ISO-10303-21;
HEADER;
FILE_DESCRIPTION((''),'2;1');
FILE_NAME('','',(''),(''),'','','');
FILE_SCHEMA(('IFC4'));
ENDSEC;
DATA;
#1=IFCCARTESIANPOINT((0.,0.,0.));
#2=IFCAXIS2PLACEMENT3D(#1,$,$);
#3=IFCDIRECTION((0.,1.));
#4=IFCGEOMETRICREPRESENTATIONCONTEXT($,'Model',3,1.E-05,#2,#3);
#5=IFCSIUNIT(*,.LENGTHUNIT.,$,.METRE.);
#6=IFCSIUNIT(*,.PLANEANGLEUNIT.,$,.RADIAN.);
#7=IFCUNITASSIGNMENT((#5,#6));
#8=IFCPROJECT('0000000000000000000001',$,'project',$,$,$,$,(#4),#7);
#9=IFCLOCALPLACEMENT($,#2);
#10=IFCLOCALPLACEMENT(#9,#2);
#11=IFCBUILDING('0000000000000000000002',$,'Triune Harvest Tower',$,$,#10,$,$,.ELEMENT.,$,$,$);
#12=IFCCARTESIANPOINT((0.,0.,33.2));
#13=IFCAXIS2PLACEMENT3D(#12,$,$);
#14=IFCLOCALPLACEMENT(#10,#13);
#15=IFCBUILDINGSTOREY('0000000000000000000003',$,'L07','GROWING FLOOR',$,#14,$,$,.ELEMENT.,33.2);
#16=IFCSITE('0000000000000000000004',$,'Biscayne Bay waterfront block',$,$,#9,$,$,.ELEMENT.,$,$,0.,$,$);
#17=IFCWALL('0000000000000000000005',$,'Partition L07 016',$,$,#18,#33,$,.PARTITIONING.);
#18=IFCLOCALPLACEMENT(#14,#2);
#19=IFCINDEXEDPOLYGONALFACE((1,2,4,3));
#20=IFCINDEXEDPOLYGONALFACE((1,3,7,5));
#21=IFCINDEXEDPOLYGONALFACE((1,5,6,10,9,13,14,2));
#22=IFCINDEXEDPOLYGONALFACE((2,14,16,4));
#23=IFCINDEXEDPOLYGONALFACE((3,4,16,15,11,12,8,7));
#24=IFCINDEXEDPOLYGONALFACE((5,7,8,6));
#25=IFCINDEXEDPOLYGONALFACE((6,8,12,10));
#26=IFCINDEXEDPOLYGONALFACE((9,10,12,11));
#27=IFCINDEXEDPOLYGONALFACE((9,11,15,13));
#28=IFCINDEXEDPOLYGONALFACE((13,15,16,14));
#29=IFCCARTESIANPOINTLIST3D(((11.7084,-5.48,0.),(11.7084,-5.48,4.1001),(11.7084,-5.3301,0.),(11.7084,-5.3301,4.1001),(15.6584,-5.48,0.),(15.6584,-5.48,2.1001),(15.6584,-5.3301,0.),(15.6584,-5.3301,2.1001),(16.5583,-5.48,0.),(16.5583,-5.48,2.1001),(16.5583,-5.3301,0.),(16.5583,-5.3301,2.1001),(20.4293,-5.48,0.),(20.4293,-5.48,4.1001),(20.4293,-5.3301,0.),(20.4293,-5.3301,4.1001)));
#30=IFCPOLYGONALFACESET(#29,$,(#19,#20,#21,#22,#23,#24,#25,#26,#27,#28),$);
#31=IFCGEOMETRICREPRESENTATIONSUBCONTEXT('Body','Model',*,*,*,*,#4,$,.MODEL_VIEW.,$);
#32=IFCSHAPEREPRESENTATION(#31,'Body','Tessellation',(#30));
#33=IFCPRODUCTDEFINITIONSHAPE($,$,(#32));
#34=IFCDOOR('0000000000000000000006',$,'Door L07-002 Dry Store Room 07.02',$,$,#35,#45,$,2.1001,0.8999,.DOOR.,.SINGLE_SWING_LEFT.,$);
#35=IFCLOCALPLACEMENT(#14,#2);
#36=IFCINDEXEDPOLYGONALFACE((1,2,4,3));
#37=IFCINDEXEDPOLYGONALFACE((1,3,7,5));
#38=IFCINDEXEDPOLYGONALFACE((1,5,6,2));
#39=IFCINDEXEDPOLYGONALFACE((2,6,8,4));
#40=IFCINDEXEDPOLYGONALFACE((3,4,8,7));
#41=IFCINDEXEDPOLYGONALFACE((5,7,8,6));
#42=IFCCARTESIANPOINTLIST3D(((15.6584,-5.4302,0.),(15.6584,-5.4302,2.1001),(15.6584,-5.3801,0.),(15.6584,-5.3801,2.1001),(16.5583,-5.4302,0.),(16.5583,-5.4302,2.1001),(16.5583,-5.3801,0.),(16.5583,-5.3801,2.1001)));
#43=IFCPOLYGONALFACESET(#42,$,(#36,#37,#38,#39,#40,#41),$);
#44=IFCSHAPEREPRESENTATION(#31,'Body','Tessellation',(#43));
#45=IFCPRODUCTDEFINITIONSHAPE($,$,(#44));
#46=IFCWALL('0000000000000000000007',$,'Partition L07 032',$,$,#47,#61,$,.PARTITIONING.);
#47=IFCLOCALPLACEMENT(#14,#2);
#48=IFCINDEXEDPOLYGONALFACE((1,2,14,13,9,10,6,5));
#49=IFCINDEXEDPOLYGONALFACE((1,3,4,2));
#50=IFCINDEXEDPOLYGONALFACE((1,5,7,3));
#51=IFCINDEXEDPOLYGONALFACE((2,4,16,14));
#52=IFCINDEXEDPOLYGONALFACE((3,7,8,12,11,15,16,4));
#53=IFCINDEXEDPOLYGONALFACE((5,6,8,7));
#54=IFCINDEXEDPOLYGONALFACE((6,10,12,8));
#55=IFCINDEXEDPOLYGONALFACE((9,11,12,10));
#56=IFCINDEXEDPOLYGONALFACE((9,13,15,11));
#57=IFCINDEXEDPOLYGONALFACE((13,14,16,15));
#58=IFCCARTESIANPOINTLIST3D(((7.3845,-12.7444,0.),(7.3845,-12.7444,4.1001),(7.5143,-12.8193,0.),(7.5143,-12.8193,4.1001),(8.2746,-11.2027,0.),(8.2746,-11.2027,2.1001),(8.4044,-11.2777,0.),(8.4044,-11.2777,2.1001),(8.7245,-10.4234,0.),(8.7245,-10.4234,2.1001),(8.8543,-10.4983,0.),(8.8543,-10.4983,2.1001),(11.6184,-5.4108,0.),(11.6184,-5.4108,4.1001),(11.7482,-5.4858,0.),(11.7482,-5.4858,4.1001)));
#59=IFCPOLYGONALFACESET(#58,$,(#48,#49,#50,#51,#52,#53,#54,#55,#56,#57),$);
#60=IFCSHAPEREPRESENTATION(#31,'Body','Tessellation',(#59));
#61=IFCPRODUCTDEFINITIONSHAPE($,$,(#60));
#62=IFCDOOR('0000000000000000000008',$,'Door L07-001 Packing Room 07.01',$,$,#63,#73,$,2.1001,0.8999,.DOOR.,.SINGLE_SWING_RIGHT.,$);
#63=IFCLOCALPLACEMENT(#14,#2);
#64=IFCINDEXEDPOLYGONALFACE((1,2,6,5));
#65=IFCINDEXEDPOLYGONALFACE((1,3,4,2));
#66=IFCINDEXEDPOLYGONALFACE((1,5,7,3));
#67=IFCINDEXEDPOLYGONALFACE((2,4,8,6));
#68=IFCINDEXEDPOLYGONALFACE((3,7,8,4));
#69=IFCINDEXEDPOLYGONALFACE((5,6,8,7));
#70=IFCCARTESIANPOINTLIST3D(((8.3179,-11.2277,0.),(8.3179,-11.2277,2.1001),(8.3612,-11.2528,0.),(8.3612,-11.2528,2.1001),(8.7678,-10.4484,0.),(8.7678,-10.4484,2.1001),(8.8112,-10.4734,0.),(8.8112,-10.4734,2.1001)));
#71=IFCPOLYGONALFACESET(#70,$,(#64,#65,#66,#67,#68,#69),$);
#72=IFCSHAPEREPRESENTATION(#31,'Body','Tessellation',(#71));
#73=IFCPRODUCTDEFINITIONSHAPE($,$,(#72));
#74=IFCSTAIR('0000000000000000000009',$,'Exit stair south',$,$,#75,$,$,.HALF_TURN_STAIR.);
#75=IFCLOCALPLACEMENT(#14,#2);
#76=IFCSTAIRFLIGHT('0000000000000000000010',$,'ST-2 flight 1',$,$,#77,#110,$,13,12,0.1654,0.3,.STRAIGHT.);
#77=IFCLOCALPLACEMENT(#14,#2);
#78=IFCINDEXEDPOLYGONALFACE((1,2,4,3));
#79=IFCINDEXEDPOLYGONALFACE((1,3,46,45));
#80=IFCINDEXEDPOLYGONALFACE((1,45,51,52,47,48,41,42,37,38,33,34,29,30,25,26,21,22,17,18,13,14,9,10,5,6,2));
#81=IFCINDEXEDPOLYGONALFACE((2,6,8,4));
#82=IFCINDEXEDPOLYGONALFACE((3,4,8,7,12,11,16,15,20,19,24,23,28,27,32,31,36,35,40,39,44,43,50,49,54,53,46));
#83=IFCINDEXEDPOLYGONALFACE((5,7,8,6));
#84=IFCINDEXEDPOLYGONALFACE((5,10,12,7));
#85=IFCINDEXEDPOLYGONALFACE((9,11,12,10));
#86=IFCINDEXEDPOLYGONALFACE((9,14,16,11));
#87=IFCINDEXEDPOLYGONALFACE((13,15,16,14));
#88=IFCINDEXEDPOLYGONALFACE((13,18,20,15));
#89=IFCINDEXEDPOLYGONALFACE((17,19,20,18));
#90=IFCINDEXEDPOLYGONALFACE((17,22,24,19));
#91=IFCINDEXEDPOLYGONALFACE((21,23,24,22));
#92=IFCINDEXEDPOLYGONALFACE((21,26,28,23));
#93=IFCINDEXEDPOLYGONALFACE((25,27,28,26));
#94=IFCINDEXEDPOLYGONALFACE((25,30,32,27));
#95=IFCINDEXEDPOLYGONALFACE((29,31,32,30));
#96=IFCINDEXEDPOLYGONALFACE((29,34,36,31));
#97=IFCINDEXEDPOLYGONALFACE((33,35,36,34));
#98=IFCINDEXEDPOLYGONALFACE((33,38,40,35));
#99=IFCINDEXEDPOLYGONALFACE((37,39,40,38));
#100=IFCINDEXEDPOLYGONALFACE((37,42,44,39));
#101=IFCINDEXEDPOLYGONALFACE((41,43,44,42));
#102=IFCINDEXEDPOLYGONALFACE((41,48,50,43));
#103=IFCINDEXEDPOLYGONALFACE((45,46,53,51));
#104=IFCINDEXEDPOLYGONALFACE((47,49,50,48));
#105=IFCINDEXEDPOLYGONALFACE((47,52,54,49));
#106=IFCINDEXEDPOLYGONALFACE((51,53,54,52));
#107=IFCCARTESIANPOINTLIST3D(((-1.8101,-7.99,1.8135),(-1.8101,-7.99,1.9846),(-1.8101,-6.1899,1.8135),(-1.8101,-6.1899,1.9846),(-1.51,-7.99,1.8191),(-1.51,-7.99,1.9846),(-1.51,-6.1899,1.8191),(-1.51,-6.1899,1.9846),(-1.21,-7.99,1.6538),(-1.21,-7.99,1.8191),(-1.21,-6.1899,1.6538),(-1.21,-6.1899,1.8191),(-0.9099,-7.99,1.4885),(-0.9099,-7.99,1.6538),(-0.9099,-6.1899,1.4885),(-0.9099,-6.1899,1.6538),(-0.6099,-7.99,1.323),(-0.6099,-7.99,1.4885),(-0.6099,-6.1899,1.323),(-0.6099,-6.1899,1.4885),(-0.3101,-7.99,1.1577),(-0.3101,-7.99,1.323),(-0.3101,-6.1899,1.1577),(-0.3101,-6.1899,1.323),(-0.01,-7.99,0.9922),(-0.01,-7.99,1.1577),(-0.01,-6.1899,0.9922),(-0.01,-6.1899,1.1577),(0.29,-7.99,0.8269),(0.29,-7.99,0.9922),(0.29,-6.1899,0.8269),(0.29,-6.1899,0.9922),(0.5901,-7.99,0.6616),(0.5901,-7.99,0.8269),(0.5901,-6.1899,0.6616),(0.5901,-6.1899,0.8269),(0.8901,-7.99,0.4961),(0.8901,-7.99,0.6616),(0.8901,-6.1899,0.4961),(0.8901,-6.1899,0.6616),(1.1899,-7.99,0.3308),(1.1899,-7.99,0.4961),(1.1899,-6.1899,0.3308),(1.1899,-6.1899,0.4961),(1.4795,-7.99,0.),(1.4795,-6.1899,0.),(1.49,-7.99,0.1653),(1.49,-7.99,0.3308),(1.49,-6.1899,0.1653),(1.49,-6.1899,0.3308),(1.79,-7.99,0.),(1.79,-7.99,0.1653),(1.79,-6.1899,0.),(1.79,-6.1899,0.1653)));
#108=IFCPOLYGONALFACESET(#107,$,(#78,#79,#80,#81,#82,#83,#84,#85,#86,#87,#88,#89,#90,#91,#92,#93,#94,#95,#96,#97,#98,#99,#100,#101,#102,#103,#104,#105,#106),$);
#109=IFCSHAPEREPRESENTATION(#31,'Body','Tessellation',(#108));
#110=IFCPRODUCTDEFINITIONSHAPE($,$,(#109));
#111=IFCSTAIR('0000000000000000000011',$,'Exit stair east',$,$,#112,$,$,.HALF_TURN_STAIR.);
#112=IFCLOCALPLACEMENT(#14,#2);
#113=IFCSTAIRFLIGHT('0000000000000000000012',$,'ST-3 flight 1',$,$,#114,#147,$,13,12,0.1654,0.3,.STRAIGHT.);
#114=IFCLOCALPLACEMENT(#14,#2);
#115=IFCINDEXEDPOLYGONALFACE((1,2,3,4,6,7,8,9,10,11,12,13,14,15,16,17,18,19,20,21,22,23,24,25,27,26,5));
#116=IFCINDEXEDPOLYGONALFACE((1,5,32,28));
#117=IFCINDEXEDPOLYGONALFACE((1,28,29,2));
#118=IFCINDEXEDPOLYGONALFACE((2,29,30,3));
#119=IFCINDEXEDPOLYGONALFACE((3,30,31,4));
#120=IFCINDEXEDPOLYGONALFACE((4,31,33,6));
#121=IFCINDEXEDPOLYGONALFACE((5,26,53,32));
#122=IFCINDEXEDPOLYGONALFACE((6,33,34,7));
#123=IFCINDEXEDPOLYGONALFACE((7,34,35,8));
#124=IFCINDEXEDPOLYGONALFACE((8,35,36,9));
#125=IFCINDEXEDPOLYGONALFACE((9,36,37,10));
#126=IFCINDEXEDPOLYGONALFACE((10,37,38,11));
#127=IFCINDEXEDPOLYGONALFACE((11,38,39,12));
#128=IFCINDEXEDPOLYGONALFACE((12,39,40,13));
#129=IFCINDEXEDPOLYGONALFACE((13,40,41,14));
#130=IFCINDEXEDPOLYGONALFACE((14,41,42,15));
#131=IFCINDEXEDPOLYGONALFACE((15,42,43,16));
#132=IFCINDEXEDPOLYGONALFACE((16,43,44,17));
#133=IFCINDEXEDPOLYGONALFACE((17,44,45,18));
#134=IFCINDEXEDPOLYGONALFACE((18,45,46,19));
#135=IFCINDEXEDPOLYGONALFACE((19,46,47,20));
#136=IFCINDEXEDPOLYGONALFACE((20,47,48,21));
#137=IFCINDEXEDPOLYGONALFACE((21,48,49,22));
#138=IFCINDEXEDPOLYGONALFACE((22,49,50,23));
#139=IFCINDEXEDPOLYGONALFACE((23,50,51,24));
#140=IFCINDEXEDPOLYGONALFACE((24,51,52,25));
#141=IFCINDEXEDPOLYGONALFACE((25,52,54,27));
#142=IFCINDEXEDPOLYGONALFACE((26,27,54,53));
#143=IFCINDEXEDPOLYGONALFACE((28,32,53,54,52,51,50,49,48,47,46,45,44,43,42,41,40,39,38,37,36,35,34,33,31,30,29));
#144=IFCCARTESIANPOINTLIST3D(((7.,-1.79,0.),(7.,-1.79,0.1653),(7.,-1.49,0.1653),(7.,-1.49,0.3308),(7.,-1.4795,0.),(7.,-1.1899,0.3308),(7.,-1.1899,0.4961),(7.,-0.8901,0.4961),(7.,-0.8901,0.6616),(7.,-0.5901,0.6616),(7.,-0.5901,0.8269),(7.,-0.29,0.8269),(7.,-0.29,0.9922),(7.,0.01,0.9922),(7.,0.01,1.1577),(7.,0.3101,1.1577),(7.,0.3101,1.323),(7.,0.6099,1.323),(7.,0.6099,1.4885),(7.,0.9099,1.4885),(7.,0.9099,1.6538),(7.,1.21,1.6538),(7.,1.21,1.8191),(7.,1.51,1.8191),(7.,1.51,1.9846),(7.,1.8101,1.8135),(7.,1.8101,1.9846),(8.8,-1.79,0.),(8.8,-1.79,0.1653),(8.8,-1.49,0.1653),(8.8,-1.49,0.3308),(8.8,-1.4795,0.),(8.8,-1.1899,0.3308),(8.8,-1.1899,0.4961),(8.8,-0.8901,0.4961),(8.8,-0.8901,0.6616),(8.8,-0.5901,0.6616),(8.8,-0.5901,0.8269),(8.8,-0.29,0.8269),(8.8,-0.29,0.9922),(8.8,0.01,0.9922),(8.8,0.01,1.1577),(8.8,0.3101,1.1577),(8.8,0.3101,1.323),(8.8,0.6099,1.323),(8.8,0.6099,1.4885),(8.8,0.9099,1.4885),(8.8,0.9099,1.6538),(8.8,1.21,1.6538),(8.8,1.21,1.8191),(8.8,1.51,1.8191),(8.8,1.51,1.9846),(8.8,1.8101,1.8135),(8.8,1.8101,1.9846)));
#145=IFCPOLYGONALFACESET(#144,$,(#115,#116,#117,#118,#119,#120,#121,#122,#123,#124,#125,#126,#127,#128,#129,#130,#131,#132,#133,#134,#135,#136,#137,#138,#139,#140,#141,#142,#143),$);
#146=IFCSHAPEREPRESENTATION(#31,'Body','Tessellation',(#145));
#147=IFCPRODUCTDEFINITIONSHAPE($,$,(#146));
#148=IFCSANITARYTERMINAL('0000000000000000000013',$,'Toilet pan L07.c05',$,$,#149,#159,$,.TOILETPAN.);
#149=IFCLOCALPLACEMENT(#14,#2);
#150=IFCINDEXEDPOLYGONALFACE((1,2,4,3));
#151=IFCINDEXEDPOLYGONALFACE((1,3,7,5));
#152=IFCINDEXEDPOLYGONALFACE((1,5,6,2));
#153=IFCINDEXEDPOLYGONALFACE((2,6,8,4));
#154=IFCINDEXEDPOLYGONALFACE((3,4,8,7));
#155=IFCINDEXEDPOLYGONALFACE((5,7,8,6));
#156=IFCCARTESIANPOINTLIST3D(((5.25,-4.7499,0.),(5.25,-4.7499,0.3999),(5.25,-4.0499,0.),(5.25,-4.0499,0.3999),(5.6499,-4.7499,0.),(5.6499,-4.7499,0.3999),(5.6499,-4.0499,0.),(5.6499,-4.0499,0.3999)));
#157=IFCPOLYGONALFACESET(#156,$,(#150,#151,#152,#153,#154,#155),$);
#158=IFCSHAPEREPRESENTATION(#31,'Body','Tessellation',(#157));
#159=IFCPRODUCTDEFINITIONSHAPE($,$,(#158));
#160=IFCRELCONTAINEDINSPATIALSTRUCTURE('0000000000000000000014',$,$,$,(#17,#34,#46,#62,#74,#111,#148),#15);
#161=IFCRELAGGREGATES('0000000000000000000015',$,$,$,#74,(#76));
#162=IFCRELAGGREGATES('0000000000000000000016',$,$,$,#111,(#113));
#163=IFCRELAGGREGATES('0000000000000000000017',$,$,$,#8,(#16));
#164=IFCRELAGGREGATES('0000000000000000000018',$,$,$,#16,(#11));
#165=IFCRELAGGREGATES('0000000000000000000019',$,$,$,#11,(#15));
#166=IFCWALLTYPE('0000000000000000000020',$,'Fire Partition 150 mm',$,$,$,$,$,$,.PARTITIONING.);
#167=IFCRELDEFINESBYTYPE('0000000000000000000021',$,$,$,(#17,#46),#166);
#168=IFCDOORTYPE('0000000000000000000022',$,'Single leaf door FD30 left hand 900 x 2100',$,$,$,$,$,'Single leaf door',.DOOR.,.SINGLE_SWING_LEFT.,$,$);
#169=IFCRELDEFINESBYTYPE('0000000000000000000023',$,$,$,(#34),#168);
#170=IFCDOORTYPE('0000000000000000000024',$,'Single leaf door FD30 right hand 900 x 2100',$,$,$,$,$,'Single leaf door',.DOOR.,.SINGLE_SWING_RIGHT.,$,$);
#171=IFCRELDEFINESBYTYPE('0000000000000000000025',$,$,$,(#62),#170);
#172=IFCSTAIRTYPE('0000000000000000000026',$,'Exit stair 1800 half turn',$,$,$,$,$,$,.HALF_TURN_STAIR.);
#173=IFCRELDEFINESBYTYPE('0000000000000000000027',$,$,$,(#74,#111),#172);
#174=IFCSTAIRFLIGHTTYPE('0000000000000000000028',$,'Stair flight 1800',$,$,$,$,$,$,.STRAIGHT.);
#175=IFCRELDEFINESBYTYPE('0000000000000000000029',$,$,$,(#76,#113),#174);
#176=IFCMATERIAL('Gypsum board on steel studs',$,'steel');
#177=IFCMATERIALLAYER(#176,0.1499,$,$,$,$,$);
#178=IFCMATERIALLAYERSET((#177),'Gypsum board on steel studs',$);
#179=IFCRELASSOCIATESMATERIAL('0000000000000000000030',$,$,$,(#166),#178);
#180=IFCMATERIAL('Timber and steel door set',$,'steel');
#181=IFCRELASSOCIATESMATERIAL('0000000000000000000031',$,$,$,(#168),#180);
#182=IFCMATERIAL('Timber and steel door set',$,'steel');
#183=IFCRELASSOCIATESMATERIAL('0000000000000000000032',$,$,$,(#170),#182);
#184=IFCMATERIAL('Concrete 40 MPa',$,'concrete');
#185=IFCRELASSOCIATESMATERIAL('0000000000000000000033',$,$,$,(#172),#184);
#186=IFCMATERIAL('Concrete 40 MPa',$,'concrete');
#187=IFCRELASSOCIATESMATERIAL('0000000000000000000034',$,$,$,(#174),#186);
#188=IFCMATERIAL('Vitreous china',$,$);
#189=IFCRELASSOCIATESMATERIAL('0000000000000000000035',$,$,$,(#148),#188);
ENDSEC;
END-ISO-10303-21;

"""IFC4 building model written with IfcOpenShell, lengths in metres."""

from ifc_helpers import new_model, si_unit, direction, frame, frame_2d, origin, origin_2d, place, context, subcontext, project, spatial, polyline, rectangle, outline, extrude, source, transform, mapped, material, layer, layer_set, type_object, element, fill, aggregate, save


model = new_model("IFC4")

# Units and contexts
model_context = context("Model", 3, precision=1e-05, world=origin(), true_north=direction((0.0, 1.0)))
body_context = subcontext(model_context, "Body", "Model", "MODEL_VIEW")
ifc_project = project(units=[si_unit("LENGTHUNIT", "METRE"), si_unit("PLANEANGLEUNIT", "RADIAN")], contexts=[model_context])

# Site, building, storey
site_placement = place(None, origin())
site = spatial("IfcSite", under=ifc_project, at=site_placement, Name="Biscayne Bay waterfront block", CompositionType="ELEMENT", RefElevation=0.0)
building_placement = place(site_placement, origin())
building = spatial("IfcBuilding", under=site, at=building_placement, Name="Triune Harvest Tower", CompositionType="ELEMENT")
storey_placement = place(building_placement, frame((0.0, 0.0, 33.2)))
storey = spatial("IfcBuildingStorey", under=building, at=storey_placement, Name="L07", Description="GROWING FLOOR", CompositionType="ELEMENT", Elevation=33.2)

# Walls, openings, doors
ifc_material_1 = material(Name="Gypsum board on steel studs", Category="steel")
ifc_layer_1 = layer(ifc_material_1, 0.1499)
ifc_layer_set_1 = layer_set([ifc_layer_1], Name="Gypsum board on steel studs")
wall_type_1 = type_object("IfcWallType", Name="Fire Partition 150 mm", PredefinedType="PARTITIONING", material=ifc_layer_set_1)
shared_shape_1 = source(origin(), body_context, "Body", "SweptSolid", [
    extrude(rectangle(XDim=8.7209, YDim=0.1499, at=frame_2d((4.3604, 0.0))), origin(), (0.0, 0.0, 1.0), 4.1001),
])
wall_1_placement = place(storey_placement, frame((11.7085, -5.405, 0.0), z_axis=(0.0, 0.0, 1.0), x_axis=(1.0, 0.0, 0.0)))
wall_1 = element("IfcWall", 1, at=wall_1_placement, inside=storey, type_object=wall_type_1, Name="Partition L07 016", PredefinedType="PARTITIONING", context=body_context, shape_type="MappedRepresentation", body=[
    mapped(shared_shape_1, transform((0.0, 0.0, 0.0), scale=1.0)),
])
opening_1_placement = place(wall_1_placement, frame((3.95, 0.0, 0.0)))
opening_1 = element("IfcOpeningElement", 2, at=opening_1_placement, cuts=wall_1, PredefinedType="OPENING", context=body_context, shape_type="SweptSolid", body=[
    extrude(rectangle(XDim=0.8999, YDim=2.1001, at=frame_2d((0.45, 1.05))), frame((0.0, 0.085, 0.0), z_axis=(0.0, -1.0, 0.0), x_axis=(1.0, 0.0, 0.0)), (0.0, 0.0, 1.0), 0.1699),
])
ifc_material_2 = material(Name="Timber and steel door set", Category="steel")
door_type_1 = type_object("IfcDoorType", Name="Single leaf door FD30 left hand 900 x 2100", ElementType="Single leaf door", OperationType="SINGLE_SWING_LEFT", PredefinedType="DOOR", material=ifc_material_2)
door_1_placement = place(opening_1_placement, origin())
door_1 = element("IfcDoor", 3, at=door_1_placement, inside=storey, type_object=door_type_1, Name="Door L07-002 Dry Store Room 07.02", OperationType="SINGLE_SWING_LEFT", OverallHeight=2.1001, OverallWidth=0.8999, PredefinedType="DOOR", context=body_context, shape_type="SweptSolid", body=[
    extrude(rectangle(XDim=0.8999, YDim=2.1001, at=frame_2d((0.45, 1.05))), frame((0.0, 0.0249, 0.0), z_axis=(0.0, -1.0, 0.0), x_axis=(1.0, 0.0, 0.0)), (0.0, 0.0, 1.0), 0.05),
])
fill(opening_1, door_1)
shared_shape_2 = source(origin(), body_context, "Body", "SweptSolid", [
    extrude(rectangle(XDim=8.468, YDim=0.1499, at=frame_2d((4.2339, 0.0))), origin(), (0.0, 0.0, 1.0), 4.1001),
])
wall_2_placement = place(storey_placement, frame((7.4495, -12.7817, 0.0), z_axis=(0.0, 0.0, 1.0), x_axis=(0.49999, 0.866031, 0.0)))
wall_2 = element("IfcWall", 4, at=wall_2_placement, inside=storey, type_object=wall_type_1, Name="Partition L07 032", PredefinedType="PARTITIONING", context=body_context, shape_type="MappedRepresentation", body=[
    mapped(shared_shape_2, transform((0.0, 0.0, 0.0), scale=1.0)),
])
opening_2_placement = place(wall_2_placement, frame((1.78, 0.0, 0.0)))
opening_2 = element("IfcOpeningElement", 5, at=opening_2_placement, cuts=wall_2, PredefinedType="OPENING", context=body_context, shape_type="SweptSolid", body=[
    extrude(rectangle(XDim=0.8999, YDim=2.1001, at=frame_2d((0.45, 1.05))), frame((0.0, 0.085, 0.0), z_axis=(0.0, -1.0, 0.0), x_axis=(1.0, 0.0, 0.0)), (0.0, 0.0, 1.0), 0.1699),
])
ifc_material_3 = material(Name="Timber and steel door set", Category="steel")
door_type_2 = type_object("IfcDoorType", Name="Single leaf door FD30 right hand 900 x 2100", ElementType="Single leaf door", OperationType="SINGLE_SWING_RIGHT", PredefinedType="DOOR", material=ifc_material_3)
door_2_placement = place(opening_2_placement, origin())
door_2 = element("IfcDoor", 6, at=door_2_placement, inside=storey, type_object=door_type_2, Name="Door L07-001 Packing Room 07.01", OperationType="SINGLE_SWING_RIGHT", OverallHeight=2.1001, OverallWidth=0.8999, PredefinedType="DOOR", context=body_context, shape_type="SweptSolid", body=[
    extrude(rectangle(XDim=0.8999, YDim=2.1001, at=frame_2d((0.45, 1.05))), frame((0.0, 0.0249, 0.0), z_axis=(0.0, -1.0, 0.0), x_axis=(1.0, 0.0, 0.0)), (0.0, 0.0, 1.0), 0.05),
])
fill(opening_2, door_2)

# Stairs, stair flights
ifc_material_4 = material(Name="Concrete 40 MPa", Category="concrete")
stair_type = type_object("IfcStairType", Name="Exit stair 1800 half turn", PredefinedType="HALF_TURN_STAIR", material=ifc_material_4)
stair_1_placement = place(storey_placement, origin())
stair_1 = element("IfcStair", 7, at=stair_1_placement, inside=storey, type_object=stair_type, Name="Exit stair south", PredefinedType="HALF_TURN_STAIR")
ifc_material_5 = material(Name="Concrete 40 MPa", Category="concrete")
stair_flight_type = type_object("IfcStairFlightType", Name="Stair flight 1800", PredefinedType="STRAIGHT", material=ifc_material_5)
shared_shape_3 = source(origin(), body_context, "Body", "SweptSolid", [
    extrude(outline(polyline([(0.0, 0.0), (0.0, 0.1653), (0.3, 0.1653), (0.3, 0.3308), (0.6001, 0.3308), (0.6001, 0.4961), (0.8999, 0.4961), (0.8999, 0.6616), (1.2, 0.6616), (1.2, 0.8269), (1.5, 0.8269), (1.5, 0.9922), (1.8, 0.9922), (1.8, 1.1577), (2.1001, 1.1577), (2.1001, 1.323), (2.3999, 1.323), (2.3999, 1.4885), (2.7, 1.4885), (2.7, 1.6538), (3.0, 1.6538), (3.0, 1.8191), (3.3, 1.8191), (3.3, 1.9846), (3.6001, 1.9846), (3.6001, 2.1499), (3.6001, 1.8135), (0.3105, 0.0), (0.0, 0.0)])), frame((0.0, 0.8999, 0.0), z_axis=(0.0, -1.0, 0.0), x_axis=(1.0, 0.0, 0.0)), (0.0, 0.0, 1.0), 1.8),
])
stair_flight_1_placement = place(storey_placement, frame((1.79, -7.0901, 0.0), z_axis=(0.0, 0.0, 1.0), x_axis=(-1.0, 0.0, 0.0)))
stair_flight_1 = element("IfcStairFlight", 8, at=stair_flight_1_placement, type_object=stair_flight_type, Name="ST-2 flight 1", NumberOfRisers=13, NumberOfTreads=12, PredefinedType="STRAIGHT", RiserHeight=0.1654, TreadLength=0.3, context=body_context, shape_type="MappedRepresentation", body=[
    mapped(shared_shape_3, transform((0.0, 0.0, 0.0), scale=1.0)),
])
aggregate(stair_1, [stair_flight_1])
stair_2_placement = place(storey_placement, origin())
stair_2 = element("IfcStair", 9, at=stair_2_placement, inside=storey, type_object=stair_type, Name="Exit stair east", PredefinedType="HALF_TURN_STAIR")
stair_flight_2_placement = place(storey_placement, frame((7.8999, -1.79, 0.0), z_axis=(0.0, 0.0, 1.0), x_axis=(0.0, 1.0, 0.0)))
stair_flight_2 = element("IfcStairFlight", 10, at=stair_flight_2_placement, type_object=stair_flight_type, Name="ST-3 flight 1", NumberOfRisers=13, NumberOfTreads=12, PredefinedType="STRAIGHT", RiserHeight=0.1654, TreadLength=0.3, context=body_context, shape_type="MappedRepresentation", body=[
    mapped(shared_shape_3, transform((0.0, 0.0, 0.0), scale=1.0)),
])
aggregate(stair_2, [stair_flight_2])

# Sanitary terminal
ifc_material_6 = material(Name="Vitreous china")
shared_shape_4 = source(origin(), body_context, "Body", "SweptSolid", [
    extrude(rectangle(XDim=0.3999, YDim=0.7, at=origin_2d()), origin(), (0.0, 0.0, 1.0), 0.3999),
])
sanitary_terminal_placement = place(storey_placement, frame((5.45, -4.3999, 0.0), z_axis=(0.0, 0.0, 1.0), x_axis=(1.0, 0.0, 0.0)))
element("IfcSanitaryTerminal", 11, at=sanitary_terminal_placement, inside=storey, material=ifc_material_6, Name="Toilet pan L07.c05", PredefinedType="TOILETPAN", context=body_context, shape_type="MappedRepresentation", body=[
    mapped(shared_shape_4, transform((0.0, 0.0, 0.0), scale=1.0)),
])

save(model, "model.ifc")
